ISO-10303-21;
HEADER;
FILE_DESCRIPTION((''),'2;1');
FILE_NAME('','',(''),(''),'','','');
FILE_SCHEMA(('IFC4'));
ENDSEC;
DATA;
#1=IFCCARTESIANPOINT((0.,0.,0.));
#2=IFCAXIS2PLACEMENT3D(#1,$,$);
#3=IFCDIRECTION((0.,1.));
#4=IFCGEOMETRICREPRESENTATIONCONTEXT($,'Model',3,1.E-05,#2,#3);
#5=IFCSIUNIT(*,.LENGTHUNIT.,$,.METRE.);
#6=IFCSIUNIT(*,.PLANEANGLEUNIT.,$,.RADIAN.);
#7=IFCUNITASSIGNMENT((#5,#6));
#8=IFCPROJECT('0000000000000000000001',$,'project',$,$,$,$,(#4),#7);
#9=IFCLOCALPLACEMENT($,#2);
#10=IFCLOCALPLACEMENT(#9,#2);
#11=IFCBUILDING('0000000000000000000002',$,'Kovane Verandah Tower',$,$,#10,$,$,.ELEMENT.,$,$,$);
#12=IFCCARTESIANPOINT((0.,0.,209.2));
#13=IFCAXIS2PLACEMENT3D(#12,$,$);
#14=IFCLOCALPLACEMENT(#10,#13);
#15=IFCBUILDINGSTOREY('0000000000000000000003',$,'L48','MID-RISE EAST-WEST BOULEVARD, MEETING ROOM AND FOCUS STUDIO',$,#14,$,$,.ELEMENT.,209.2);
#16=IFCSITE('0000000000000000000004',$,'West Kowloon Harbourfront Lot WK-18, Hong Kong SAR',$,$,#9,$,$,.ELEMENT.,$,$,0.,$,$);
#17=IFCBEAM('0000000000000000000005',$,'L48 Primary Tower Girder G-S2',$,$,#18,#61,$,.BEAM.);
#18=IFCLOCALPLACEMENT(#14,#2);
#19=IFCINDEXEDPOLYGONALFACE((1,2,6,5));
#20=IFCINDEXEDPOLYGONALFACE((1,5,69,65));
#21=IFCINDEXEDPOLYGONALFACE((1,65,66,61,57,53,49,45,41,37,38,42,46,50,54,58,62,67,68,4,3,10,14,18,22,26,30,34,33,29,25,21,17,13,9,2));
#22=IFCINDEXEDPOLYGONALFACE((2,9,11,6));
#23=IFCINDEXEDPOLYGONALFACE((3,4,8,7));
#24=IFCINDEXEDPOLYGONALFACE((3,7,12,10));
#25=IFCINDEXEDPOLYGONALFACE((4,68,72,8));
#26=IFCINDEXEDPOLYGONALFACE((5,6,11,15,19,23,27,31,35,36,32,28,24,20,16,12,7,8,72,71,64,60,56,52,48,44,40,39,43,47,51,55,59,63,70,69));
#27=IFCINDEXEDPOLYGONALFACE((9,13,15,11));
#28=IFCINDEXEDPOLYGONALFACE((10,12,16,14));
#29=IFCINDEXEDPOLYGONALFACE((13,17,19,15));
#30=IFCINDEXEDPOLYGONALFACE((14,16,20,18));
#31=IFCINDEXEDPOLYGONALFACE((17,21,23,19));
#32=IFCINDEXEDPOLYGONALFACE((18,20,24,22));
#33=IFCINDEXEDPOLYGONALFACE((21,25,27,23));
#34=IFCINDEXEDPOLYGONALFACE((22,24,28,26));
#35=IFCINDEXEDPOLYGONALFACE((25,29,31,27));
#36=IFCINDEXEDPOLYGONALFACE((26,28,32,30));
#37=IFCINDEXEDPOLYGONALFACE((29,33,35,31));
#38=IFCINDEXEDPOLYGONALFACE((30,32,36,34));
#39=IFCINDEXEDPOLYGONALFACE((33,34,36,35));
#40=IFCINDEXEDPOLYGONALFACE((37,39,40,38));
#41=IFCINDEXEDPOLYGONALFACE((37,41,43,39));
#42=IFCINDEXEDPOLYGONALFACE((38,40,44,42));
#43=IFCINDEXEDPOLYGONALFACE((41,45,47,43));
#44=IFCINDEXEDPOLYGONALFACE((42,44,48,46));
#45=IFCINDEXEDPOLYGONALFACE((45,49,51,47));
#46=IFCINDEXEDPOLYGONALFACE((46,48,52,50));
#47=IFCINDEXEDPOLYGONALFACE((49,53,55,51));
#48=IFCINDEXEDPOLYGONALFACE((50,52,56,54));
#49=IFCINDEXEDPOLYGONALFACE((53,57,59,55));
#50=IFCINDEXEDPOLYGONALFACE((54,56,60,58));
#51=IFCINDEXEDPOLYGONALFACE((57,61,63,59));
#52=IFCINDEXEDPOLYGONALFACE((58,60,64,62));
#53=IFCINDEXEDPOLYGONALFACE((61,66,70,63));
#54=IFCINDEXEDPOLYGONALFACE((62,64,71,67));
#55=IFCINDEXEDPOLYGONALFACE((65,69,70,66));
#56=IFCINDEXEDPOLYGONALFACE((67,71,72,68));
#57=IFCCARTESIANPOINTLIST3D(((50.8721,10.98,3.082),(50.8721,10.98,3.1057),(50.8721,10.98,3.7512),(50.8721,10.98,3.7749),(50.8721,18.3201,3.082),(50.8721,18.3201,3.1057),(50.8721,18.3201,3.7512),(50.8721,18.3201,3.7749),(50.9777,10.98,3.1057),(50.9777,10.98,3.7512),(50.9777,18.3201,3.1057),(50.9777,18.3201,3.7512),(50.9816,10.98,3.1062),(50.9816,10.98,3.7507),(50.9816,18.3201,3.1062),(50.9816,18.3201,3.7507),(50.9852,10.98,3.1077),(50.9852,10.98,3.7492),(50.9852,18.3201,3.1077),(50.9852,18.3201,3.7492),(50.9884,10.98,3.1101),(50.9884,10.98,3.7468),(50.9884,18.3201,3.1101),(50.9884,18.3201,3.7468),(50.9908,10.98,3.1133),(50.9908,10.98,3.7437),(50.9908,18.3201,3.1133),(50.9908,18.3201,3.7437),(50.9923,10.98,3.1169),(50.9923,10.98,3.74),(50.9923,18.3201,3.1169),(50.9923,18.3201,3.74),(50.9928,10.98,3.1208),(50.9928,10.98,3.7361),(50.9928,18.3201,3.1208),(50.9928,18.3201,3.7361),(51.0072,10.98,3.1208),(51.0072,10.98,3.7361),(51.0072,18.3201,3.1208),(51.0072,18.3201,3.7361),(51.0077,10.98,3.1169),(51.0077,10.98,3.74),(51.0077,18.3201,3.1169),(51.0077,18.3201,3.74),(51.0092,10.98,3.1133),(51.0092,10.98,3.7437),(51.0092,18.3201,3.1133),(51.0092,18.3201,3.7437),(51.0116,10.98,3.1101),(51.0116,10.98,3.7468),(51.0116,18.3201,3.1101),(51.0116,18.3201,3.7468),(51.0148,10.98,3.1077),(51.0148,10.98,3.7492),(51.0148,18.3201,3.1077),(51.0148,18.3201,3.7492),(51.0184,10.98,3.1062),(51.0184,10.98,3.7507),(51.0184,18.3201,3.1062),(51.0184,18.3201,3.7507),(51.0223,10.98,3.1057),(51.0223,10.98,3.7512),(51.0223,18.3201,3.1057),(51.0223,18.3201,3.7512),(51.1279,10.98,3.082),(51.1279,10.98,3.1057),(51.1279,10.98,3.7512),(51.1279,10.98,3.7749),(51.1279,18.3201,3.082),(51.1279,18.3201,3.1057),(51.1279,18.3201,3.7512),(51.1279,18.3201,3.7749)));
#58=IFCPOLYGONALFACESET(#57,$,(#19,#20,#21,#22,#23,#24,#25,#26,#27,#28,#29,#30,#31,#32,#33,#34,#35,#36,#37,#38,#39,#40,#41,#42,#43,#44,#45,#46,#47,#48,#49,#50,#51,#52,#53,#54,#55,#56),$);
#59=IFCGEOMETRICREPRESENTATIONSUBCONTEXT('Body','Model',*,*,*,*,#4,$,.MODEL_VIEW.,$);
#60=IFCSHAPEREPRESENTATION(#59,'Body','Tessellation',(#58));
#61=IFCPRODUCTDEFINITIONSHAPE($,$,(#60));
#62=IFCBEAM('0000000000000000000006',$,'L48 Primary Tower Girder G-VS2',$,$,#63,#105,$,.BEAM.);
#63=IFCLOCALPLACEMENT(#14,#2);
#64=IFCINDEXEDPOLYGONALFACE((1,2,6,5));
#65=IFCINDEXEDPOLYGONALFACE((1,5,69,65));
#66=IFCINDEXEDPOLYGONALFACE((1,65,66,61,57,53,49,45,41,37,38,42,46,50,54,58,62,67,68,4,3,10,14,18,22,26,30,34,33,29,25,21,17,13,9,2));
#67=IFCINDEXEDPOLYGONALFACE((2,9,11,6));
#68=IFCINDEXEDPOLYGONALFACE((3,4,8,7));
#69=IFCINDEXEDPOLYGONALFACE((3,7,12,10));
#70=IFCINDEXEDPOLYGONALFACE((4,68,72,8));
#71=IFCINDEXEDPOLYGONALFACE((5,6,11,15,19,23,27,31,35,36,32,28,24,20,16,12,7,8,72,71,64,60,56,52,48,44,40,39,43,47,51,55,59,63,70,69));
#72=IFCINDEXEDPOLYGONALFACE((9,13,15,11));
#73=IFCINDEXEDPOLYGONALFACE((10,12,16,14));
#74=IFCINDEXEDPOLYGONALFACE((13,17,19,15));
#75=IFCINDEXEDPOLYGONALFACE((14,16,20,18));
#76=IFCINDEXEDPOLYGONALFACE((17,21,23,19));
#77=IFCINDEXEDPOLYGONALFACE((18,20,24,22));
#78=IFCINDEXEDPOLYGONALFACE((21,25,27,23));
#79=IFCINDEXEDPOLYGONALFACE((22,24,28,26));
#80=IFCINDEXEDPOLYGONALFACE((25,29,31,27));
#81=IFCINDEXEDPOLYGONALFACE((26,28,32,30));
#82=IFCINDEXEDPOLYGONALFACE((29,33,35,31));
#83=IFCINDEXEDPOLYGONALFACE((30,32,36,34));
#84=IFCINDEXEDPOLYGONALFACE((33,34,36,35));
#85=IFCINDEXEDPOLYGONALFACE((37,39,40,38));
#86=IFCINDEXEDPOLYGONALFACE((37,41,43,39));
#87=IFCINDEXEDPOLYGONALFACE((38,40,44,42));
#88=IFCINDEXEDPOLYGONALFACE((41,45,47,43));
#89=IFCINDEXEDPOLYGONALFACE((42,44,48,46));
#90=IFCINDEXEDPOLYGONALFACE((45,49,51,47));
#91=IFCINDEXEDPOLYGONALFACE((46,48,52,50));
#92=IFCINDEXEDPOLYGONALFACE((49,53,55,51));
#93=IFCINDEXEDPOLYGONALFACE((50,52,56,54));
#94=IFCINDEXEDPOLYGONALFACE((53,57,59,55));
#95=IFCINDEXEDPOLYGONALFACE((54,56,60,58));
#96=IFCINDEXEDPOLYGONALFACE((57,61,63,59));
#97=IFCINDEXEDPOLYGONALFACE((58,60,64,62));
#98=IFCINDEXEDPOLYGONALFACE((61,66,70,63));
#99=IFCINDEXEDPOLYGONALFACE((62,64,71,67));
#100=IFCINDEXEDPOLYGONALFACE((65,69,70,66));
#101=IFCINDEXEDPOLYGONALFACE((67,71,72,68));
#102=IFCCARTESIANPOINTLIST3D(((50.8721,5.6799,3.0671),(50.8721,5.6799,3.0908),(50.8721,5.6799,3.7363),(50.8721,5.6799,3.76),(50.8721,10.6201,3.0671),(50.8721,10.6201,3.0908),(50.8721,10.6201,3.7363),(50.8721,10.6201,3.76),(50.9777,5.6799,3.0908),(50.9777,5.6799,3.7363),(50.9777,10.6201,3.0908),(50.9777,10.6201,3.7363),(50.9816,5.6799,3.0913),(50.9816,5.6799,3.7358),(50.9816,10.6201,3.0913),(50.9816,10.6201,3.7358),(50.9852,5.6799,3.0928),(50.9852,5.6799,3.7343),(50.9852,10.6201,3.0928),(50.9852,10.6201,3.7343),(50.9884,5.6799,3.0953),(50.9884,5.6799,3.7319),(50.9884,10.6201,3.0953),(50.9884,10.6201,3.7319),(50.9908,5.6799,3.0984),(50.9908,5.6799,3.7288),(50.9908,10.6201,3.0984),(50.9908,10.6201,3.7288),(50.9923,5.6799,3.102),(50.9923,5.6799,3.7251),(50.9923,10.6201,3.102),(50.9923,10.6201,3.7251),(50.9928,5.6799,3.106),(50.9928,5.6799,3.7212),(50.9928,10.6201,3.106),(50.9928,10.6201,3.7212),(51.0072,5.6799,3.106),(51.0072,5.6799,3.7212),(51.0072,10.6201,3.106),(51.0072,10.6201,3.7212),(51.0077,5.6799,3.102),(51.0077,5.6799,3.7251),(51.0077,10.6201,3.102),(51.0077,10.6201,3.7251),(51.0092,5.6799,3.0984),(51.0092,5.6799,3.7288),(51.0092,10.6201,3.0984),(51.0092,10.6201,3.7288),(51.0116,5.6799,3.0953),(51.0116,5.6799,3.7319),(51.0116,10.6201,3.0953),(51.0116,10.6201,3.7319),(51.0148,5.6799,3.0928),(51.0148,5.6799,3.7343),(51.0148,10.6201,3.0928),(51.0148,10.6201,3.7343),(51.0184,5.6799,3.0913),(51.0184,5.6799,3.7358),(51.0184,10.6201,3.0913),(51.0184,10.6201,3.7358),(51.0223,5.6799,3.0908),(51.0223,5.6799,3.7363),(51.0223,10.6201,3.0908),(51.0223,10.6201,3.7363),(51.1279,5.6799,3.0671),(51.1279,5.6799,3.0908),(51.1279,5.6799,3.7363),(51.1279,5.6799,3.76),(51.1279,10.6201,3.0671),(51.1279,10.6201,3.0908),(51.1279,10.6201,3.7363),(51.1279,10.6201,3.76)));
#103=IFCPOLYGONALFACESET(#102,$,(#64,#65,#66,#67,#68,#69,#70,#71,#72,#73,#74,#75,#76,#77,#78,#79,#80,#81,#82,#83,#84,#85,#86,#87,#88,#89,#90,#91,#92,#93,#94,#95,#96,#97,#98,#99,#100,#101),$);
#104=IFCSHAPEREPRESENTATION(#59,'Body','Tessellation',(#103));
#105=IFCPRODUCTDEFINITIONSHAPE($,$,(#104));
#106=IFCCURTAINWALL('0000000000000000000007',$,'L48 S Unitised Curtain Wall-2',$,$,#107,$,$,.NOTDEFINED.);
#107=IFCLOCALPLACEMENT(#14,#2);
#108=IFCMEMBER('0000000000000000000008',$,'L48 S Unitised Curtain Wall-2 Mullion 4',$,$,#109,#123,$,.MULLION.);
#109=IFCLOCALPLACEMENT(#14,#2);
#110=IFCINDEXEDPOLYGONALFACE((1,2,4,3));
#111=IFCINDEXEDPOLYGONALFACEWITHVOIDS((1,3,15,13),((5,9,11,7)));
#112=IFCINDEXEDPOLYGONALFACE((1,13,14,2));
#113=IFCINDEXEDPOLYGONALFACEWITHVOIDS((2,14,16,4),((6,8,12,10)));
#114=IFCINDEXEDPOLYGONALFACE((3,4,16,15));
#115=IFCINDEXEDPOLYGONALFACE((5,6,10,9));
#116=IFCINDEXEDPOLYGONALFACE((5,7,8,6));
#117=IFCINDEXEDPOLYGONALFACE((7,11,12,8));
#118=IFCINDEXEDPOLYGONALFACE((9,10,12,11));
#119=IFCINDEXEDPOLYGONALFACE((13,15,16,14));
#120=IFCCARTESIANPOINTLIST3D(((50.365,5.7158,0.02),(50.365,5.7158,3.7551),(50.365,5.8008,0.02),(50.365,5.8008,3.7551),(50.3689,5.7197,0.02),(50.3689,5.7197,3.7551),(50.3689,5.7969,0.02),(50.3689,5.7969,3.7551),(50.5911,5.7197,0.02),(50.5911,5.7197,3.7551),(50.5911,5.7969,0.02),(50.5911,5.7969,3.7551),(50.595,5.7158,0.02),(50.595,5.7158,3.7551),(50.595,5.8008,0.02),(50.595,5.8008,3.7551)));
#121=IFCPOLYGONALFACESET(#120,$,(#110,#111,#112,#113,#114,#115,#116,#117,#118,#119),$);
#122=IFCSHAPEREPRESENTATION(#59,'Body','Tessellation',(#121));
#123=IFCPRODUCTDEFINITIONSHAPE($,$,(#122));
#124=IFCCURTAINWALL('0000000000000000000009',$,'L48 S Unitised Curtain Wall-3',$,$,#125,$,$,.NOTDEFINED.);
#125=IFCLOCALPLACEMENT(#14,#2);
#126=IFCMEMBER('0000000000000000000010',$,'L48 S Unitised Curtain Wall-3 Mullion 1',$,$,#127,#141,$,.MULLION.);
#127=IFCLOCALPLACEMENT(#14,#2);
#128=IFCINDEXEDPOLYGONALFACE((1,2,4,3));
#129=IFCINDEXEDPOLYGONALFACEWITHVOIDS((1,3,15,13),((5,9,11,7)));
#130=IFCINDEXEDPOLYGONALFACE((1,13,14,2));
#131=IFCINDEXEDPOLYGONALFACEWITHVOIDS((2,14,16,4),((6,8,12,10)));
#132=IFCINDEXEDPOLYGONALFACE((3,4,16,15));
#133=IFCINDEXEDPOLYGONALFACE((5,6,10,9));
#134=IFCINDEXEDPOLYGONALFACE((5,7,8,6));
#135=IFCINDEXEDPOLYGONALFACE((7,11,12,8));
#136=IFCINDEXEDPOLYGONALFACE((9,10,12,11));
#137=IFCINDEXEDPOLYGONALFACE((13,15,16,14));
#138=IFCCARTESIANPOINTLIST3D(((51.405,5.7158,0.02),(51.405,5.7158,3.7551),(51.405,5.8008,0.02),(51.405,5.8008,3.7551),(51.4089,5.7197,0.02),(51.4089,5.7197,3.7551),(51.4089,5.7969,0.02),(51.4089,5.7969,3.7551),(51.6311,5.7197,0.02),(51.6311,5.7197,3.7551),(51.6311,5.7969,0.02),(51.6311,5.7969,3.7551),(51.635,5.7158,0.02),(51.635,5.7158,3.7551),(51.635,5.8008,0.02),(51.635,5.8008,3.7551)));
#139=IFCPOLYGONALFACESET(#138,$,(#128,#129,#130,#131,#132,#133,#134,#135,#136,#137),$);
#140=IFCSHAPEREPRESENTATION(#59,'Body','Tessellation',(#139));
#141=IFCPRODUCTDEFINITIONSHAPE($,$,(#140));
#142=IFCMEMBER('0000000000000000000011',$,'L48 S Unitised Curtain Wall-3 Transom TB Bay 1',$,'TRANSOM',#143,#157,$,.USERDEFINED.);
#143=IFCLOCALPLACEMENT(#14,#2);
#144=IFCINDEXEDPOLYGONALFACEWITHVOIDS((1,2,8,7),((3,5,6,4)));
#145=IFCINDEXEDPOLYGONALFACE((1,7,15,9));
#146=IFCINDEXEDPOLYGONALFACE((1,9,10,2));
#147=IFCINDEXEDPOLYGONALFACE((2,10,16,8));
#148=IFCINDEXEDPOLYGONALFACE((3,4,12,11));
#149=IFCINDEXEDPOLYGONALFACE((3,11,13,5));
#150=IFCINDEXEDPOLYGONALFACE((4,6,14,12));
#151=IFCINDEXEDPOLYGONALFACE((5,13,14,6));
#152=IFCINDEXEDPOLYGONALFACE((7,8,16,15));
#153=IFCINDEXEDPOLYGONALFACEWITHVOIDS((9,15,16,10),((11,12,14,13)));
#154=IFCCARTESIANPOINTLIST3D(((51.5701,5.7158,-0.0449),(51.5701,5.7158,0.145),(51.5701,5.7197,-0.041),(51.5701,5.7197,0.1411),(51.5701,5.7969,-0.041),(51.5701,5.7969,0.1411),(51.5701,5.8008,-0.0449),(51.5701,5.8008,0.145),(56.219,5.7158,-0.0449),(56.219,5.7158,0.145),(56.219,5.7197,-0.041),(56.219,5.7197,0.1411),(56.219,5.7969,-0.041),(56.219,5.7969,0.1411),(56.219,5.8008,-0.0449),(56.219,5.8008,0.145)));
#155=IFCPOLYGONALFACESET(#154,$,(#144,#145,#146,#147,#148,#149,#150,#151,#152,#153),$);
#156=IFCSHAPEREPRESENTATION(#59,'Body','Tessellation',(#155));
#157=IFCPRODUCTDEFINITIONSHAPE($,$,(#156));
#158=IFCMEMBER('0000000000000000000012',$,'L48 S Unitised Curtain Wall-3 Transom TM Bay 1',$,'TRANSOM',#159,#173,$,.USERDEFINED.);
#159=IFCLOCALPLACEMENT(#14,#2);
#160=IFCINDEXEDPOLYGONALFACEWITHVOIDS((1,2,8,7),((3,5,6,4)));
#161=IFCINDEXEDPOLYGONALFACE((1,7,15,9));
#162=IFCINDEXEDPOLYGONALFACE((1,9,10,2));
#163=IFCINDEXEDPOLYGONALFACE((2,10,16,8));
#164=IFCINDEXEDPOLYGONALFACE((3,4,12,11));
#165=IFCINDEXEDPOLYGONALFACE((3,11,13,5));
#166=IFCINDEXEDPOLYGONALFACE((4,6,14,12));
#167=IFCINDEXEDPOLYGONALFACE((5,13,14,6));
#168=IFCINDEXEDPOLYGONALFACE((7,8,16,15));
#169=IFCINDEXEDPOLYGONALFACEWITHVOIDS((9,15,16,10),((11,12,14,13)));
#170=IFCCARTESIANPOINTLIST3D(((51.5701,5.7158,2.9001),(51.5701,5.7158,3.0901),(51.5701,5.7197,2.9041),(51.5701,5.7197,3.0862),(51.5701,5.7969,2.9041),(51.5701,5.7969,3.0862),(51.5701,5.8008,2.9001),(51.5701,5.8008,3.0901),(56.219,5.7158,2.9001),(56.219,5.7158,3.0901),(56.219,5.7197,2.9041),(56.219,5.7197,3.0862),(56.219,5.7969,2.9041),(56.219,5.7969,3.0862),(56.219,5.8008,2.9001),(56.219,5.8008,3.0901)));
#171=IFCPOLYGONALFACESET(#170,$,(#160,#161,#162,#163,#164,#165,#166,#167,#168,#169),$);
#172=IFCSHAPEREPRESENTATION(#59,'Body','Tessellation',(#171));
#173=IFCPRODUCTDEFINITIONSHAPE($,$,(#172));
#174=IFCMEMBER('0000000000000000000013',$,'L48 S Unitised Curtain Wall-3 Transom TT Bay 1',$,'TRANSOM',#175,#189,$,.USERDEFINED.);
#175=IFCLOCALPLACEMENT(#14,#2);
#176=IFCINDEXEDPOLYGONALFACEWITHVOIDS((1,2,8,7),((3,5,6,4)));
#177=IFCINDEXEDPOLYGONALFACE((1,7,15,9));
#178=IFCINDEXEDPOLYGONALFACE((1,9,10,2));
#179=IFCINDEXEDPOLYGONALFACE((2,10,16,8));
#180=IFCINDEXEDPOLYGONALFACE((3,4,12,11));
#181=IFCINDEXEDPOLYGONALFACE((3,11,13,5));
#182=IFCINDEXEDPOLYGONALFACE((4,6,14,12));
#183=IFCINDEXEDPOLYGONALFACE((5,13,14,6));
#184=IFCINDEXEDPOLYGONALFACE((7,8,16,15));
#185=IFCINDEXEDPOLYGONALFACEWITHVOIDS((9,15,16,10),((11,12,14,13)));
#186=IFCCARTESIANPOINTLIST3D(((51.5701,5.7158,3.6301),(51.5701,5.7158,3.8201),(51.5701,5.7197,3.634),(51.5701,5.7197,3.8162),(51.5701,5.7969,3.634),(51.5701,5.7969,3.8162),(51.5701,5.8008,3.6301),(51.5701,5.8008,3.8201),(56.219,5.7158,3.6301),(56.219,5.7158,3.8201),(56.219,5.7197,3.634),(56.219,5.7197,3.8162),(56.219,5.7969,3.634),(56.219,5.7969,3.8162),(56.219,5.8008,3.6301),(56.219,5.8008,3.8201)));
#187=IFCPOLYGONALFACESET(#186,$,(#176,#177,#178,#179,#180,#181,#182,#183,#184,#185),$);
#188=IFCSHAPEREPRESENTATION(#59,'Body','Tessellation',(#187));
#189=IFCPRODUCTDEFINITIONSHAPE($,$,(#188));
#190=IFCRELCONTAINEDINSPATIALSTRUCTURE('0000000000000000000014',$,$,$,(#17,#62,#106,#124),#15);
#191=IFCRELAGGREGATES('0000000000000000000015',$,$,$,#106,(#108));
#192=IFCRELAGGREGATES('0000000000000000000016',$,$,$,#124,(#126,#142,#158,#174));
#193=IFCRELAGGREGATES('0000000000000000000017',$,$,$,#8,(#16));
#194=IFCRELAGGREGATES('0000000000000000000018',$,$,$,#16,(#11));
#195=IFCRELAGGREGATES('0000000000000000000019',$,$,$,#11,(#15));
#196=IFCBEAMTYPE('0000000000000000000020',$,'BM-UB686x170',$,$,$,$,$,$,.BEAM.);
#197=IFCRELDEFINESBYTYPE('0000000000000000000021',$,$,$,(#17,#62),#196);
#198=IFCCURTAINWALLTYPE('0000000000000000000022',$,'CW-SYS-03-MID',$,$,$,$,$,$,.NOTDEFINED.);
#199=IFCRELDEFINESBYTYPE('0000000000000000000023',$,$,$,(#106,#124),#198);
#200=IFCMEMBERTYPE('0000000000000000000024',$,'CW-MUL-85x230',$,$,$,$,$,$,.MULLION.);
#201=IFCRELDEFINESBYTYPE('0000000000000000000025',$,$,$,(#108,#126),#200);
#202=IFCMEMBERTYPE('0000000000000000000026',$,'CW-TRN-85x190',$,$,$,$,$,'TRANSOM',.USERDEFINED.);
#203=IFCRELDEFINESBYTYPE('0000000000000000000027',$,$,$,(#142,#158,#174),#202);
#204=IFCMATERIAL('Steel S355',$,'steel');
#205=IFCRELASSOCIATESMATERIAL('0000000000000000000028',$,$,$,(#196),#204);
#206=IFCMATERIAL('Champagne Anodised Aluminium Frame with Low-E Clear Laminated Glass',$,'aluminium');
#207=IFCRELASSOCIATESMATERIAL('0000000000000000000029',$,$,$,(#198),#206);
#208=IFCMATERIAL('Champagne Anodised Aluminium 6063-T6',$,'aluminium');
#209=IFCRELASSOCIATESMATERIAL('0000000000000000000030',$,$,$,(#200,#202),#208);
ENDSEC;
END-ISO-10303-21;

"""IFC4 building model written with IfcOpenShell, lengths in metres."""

from ifc_helpers import new_model, si_unit, direction, frame, origin, origin_2d, place, context, subcontext, project, spatial, hollow_rectangle, i_section, extrude, material, material_profile, profile_set, type_object, element, aggregate, save


model = new_model("IFC4")

# Units and contexts
model_context = context("Model", 3, precision=1e-05, world=origin(), true_north=direction((0.0, 1.0)))
body_context = subcontext(model_context, "Body", "Model", "MODEL_VIEW")
ifc_project = project(units=[si_unit("LENGTHUNIT", "METRE"), si_unit("PLANEANGLEUNIT", "RADIAN")], contexts=[model_context])

# Site, building, storey
site_placement = place(None, origin())
site = spatial("IfcSite", under=ifc_project, at=site_placement, Name="West Kowloon Harbourfront Lot WK-18, Hong Kong SAR", CompositionType="ELEMENT", RefElevation=0.0)
building_placement = place(site_placement, origin())
building = spatial("IfcBuilding", under=site, at=building_placement, Name="Kovane Verandah Tower", CompositionType="ELEMENT")
storey_placement = place(building_placement, frame((0.0, 0.0, 209.2)))
storey = spatial("IfcBuildingStorey", under=building, at=storey_placement, Name="L48", Description="MID-RISE EAST-WEST BOULEVARD, MEETING ROOM AND FOCUS STUDIO", CompositionType="ELEMENT", Elevation=209.2)

# Beams
ifc_material_1 = material(Name="Steel S355", Category="steel")
ifc_material_profile_1 = material_profile(ifc_material_1, i_section(OverallWidth=0.2559, OverallDepth=0.6929, WebThickness=0.0144, FlangeThickness=0.0237, FilletRadius=0.0151, at=origin_2d()), Name="UB686x254x170")
ifc_profile_set_1 = profile_set([ifc_material_profile_1], Name="Steel S355")
beam_type_1 = type_object("IfcBeamType", Name="BM-UB686x170", PredefinedType="BEAM", material=ifc_profile_set_1)
beam_1_placement = place(storey_placement, frame((51.0, 18.3201, 3.4285), z_axis=(0.0, -1.0, 0.0), x_axis=(1.0, 0.0, 0.0)))
element("IfcBeam", 1, at=beam_1_placement, inside=storey, type_object=beam_type_1, Name="L48 Primary Tower Girder G-S2", PredefinedType="BEAM", context=body_context, shape_type="SweptSolid", body=[
    extrude(i_section(OverallWidth=0.2559, OverallDepth=0.6929, WebThickness=0.0144, FlangeThickness=0.0237, FilletRadius=0.0151, at=origin_2d()), origin(), (0.0, 0.0, 1.0), 7.3401),
])
beam_2_placement = place(storey_placement, frame((51.0, 10.6201, 3.4136), z_axis=(0.0, -1.0, 0.0), x_axis=(1.0, 0.0, 0.0)))
element("IfcBeam", 2, at=beam_2_placement, inside=storey, type_object=beam_type_1, Name="L48 Primary Tower Girder G-VS2", PredefinedType="BEAM", context=body_context, shape_type="SweptSolid", body=[
    extrude(i_section(OverallWidth=0.2559, OverallDepth=0.6929, WebThickness=0.0144, FlangeThickness=0.0237, FilletRadius=0.0151, at=origin_2d()), origin(), (0.0, 0.0, 1.0), 4.9402),
])

# Curtain wall, member
ifc_material_2 = material(Name="Champagne Anodised Aluminium Frame with Low-E Clear Laminated Glass", Category="aluminium")
curtain_wall_type = type_object("IfcCurtainWallType", Name="CW-SYS-03-MID", PredefinedType="NOTDEFINED", material=ifc_material_2)
curtain_wall_1_placement = place(storey_placement, origin())
curtain_wall_1 = element("IfcCurtainWall", 3, at=curtain_wall_1_placement, inside=storey, type_object=curtain_wall_type, Name="L48 S Unitised Curtain Wall-2", PredefinedType="NOTDEFINED")
ifc_material_3 = material(Name="Champagne Anodised Aluminium 6063-T6", Category="aluminium")
ifc_material_profile_2 = material_profile(ifc_material_3, hollow_rectangle(XDim=0.085, YDim=0.23, WallThickness=0.0039, at=origin_2d()), Name="AL85x230x4")
ifc_profile_set_2 = profile_set([ifc_material_profile_2], Name="Champagne Anodised Aluminium 6063-T6")
member_type_1 = type_object("IfcMemberType", Name="CW-MUL-85x230", PredefinedType="MULLION", material=ifc_profile_set_2)
member_1_placement = place(storey_placement, frame((50.48, 5.7583, 0.02), z_axis=(0.0, 0.0, 1.0), x_axis=(0.0, -1.0, 0.0)))
member_1 = element("IfcMember", 4, at=member_1_placement, type_object=member_type_1, Name="L48 S Unitised Curtain Wall-2 Mullion 4", PredefinedType="MULLION", context=body_context, shape_type="SweptSolid", body=[
    extrude(hollow_rectangle(XDim=0.085, YDim=0.23, WallThickness=0.0039, at=origin_2d()), origin(), (0.0, 0.0, 1.0), 3.7351),
])
aggregate(curtain_wall_1, [member_1])

# Curtain wall, members
curtain_wall_2_placement = place(storey_placement, origin())
curtain_wall_2 = element("IfcCurtainWall", 5, at=curtain_wall_2_placement, inside=storey, type_object=curtain_wall_type, Name="L48 S Unitised Curtain Wall-3", PredefinedType="NOTDEFINED")
member_2_placement = place(storey_placement, frame((51.52, 5.7583, 0.02), z_axis=(0.0, 0.0, 1.0), x_axis=(0.0, -1.0, 0.0)))
member_2 = element("IfcMember", 6, at=member_2_placement, type_object=member_type_1, Name="L48 S Unitised Curtain Wall-3 Mullion 1", PredefinedType="MULLION", context=body_context, shape_type="SweptSolid", body=[
    extrude(hollow_rectangle(XDim=0.085, YDim=0.23, WallThickness=0.0039, at=origin_2d()), origin(), (0.0, 0.0, 1.0), 3.7351),
])
ifc_material_profile_3 = material_profile(ifc_material_3, hollow_rectangle(XDim=0.085, YDim=0.1899, WallThickness=0.0039, at=origin_2d()), Name="AL85x190x4")
ifc_profile_set_3 = profile_set([ifc_material_profile_3], Name="Champagne Anodised Aluminium 6063-T6")
member_type_2 = type_object("IfcMemberType", Name="CW-TRN-85x190", ElementType="TRANSOM", PredefinedType="USERDEFINED", material=ifc_profile_set_3)
member_3_placement = place(storey_placement, frame((51.5701, 5.7583, 0.05), z_axis=(1.0, 0.0, 0.0), x_axis=(0.0, 1.0, 0.0)))
member_3 = element("IfcMember", 7, at=member_3_placement, type_object=member_type_2, Name="L48 S Unitised Curtain Wall-3 Transom TB Bay 1", ObjectType="TRANSOM", PredefinedType="USERDEFINED", context=body_context, shape_type="SweptSolid", body=[
    extrude(hollow_rectangle(XDim=0.085, YDim=0.1899, WallThickness=0.0039, at=origin_2d()), origin(), (0.0, 0.0, 1.0), 4.6489),
])
member_4_placement = place(storey_placement, frame((51.5701, 5.7583, 2.9951), z_axis=(1.0, 0.0, 0.0), x_axis=(0.0, 1.0, 0.0)))
member_4 = element("IfcMember", 8, at=member_4_placement, type_object=member_type_2, Name="L48 S Unitised Curtain Wall-3 Transom TM Bay 1", ObjectType="TRANSOM", PredefinedType="USERDEFINED", context=body_context, shape_type="SweptSolid", body=[
    extrude(hollow_rectangle(XDim=0.085, YDim=0.1899, WallThickness=0.0039, at=origin_2d()), origin(), (0.0, 0.0, 1.0), 4.6489),
])
member_5_placement = place(storey_placement, frame((51.5701, 5.7583, 3.7251), z_axis=(1.0, 0.0, 0.0), x_axis=(0.0, 1.0, 0.0)))
member_5 = element("IfcMember", 9, at=member_5_placement, type_object=member_type_2, Name="L48 S Unitised Curtain Wall-3 Transom TT Bay 1", ObjectType="TRANSOM", PredefinedType="USERDEFINED", context=body_context, shape_type="SweptSolid", body=[
    extrude(hollow_rectangle(XDim=0.085, YDim=0.1899, WallThickness=0.0039, at=origin_2d()), origin(), (0.0, 0.0, 1.0), 4.6489),
])
aggregate(curtain_wall_2, [member_2, member_3, member_4, member_5])

save(model, "model.ifc")
